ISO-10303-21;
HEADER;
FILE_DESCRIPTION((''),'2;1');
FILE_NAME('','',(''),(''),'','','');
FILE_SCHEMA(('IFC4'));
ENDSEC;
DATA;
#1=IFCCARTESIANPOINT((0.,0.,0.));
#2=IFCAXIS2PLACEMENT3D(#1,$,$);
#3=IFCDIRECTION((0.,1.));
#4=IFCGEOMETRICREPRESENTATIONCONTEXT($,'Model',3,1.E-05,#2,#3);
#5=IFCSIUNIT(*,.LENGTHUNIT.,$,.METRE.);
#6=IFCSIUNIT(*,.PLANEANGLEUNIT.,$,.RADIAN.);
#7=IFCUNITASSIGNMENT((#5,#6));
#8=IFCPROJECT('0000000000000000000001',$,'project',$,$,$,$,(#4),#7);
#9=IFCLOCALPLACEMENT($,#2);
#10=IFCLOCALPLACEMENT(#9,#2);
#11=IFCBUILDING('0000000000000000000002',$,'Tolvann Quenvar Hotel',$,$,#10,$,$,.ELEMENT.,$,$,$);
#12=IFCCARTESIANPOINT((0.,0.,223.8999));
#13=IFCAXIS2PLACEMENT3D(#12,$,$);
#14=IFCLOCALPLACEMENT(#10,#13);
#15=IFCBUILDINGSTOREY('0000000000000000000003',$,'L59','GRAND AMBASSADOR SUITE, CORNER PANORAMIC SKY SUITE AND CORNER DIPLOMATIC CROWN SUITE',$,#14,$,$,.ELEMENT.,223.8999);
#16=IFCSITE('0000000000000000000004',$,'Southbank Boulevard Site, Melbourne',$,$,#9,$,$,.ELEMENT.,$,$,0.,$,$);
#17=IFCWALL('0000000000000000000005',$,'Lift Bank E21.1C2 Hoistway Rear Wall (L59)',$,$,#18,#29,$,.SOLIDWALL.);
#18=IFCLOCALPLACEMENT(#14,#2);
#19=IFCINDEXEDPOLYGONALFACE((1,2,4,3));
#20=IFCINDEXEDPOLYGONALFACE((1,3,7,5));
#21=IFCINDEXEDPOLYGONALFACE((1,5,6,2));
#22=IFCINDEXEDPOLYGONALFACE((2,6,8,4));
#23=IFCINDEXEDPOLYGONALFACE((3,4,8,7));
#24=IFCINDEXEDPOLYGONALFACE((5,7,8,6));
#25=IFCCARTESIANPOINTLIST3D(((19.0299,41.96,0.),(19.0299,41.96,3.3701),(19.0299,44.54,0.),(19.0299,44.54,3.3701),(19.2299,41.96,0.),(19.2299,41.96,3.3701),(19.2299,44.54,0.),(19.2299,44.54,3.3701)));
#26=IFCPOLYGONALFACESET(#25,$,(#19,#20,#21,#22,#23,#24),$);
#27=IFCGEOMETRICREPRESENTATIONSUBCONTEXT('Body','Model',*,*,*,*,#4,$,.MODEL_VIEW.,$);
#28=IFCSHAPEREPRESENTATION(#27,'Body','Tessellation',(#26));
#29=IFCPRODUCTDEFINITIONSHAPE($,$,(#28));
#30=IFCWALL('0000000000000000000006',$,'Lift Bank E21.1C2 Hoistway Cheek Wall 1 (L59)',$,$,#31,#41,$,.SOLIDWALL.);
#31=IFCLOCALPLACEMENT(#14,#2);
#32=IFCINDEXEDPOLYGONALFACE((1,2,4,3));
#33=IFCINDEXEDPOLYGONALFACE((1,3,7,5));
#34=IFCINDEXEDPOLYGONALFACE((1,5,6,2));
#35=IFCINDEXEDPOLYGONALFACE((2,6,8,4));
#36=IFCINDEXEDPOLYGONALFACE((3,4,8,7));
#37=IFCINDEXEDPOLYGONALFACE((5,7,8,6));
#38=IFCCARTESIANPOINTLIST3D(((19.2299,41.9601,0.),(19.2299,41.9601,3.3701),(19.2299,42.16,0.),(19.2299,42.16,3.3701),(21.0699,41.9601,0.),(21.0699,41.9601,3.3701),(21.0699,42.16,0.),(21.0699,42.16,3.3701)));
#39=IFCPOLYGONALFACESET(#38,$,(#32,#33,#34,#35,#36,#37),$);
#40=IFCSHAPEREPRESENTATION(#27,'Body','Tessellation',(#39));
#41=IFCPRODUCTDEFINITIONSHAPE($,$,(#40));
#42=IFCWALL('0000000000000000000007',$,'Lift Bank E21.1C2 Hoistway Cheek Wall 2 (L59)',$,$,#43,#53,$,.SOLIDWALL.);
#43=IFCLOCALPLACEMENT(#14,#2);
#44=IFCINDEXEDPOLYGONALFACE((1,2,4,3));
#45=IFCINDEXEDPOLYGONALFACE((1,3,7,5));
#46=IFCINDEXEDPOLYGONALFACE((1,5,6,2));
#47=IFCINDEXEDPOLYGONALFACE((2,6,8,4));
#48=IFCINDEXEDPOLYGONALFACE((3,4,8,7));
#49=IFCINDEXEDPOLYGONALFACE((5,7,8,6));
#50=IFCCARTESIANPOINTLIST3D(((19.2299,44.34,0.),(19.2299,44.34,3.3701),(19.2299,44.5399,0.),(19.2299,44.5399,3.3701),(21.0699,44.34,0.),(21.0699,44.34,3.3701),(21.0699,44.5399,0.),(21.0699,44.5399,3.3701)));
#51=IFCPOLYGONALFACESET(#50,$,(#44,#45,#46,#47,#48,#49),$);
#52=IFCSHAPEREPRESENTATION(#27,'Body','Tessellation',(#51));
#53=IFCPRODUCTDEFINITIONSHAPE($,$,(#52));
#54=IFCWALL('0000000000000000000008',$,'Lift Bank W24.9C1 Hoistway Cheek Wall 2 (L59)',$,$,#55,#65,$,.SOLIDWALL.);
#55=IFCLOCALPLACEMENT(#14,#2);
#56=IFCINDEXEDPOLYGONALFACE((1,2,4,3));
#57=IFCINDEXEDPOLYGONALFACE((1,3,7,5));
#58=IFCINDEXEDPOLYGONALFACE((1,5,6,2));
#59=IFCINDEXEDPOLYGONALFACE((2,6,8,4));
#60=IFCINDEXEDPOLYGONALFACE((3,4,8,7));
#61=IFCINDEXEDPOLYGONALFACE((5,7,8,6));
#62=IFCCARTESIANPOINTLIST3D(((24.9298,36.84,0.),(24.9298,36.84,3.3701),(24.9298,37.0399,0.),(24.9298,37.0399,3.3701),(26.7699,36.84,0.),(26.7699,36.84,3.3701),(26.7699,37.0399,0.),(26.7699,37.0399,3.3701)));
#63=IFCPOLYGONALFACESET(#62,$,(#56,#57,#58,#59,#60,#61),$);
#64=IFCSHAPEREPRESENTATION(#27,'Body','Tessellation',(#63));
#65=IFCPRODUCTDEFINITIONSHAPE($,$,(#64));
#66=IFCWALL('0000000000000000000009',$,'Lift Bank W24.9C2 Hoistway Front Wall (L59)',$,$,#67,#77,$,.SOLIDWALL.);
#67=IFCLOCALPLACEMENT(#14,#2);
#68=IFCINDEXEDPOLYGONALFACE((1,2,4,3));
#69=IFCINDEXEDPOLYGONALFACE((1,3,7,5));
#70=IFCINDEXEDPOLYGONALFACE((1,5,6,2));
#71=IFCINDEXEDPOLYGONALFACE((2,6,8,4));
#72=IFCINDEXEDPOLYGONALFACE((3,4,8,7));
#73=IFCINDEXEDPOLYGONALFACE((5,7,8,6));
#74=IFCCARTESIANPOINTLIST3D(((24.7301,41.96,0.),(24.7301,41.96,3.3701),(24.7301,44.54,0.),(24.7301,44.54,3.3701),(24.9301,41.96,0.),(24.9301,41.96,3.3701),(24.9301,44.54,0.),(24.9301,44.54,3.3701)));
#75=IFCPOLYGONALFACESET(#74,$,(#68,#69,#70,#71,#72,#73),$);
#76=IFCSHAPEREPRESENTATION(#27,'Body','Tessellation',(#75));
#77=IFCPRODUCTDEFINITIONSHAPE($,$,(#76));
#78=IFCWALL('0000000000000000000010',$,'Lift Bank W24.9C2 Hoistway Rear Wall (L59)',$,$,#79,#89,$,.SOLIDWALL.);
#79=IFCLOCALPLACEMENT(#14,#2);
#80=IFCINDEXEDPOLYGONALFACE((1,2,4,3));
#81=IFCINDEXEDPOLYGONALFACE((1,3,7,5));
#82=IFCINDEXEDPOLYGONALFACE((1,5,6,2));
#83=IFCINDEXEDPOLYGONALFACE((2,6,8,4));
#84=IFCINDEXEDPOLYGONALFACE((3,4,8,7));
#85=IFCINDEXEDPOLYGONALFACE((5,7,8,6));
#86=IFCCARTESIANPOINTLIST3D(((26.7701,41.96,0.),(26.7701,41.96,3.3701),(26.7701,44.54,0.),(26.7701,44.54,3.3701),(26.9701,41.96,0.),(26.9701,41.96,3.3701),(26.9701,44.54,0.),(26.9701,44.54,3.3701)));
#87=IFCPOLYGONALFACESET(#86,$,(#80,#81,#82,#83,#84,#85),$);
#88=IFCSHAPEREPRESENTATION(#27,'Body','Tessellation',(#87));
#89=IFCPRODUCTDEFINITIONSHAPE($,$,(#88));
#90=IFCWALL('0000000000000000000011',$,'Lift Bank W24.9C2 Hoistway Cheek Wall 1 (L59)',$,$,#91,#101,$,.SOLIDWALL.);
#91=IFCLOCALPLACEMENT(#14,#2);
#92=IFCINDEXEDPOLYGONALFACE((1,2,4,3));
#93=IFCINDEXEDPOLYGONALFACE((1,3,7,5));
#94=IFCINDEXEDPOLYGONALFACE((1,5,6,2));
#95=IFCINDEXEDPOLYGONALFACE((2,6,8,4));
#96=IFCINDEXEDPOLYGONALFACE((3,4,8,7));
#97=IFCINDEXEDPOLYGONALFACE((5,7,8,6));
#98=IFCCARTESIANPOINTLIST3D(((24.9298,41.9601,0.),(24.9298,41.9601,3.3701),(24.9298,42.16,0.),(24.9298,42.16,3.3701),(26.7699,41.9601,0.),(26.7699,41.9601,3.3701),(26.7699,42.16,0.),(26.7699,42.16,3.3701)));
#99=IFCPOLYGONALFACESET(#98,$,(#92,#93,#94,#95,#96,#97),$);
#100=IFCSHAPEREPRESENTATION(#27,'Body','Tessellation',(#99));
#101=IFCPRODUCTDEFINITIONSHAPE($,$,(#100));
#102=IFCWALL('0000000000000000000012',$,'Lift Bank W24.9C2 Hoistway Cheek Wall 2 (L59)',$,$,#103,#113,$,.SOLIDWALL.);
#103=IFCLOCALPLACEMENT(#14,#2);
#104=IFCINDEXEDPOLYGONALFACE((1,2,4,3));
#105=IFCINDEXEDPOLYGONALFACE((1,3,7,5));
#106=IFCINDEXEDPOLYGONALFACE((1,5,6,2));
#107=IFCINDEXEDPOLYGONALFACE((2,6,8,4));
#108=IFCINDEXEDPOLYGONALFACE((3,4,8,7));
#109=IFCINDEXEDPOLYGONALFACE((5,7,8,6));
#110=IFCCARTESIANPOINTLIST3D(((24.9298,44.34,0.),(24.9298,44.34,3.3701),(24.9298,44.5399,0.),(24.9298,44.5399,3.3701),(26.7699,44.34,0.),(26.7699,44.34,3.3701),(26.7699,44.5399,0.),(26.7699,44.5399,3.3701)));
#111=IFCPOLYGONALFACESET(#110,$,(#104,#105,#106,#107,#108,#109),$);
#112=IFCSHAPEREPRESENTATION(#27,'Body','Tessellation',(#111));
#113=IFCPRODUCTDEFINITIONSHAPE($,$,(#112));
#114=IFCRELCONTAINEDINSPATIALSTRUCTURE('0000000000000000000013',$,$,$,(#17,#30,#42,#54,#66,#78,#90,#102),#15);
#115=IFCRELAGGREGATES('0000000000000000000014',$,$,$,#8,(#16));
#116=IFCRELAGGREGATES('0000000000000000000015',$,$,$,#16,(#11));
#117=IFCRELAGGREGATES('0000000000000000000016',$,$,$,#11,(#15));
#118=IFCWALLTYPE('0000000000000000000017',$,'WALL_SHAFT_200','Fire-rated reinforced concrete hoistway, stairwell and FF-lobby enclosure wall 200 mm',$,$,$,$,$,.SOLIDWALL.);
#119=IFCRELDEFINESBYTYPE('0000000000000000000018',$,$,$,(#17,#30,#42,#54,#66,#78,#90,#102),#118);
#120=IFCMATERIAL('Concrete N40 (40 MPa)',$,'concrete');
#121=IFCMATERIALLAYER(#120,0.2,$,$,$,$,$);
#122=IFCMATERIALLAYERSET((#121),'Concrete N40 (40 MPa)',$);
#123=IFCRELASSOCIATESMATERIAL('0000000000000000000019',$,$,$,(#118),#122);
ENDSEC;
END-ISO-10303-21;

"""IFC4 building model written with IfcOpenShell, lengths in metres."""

from ifc_helpers import new_model, si_unit, direction, frame, frame_2d, origin, place, context, subcontext, project, spatial, rectangle, extrude, material, layer, layer_set, type_object, element, save


model = new_model("IFC4")

# Units and contexts
model_context = context("Model", 3, precision=1e-05, world=origin(), true_north=direction((0.0, 1.0)))
body_context = subcontext(model_context, "Body", "Model", "MODEL_VIEW")
ifc_project = project(units=[si_unit("LENGTHUNIT", "METRE"), si_unit("PLANEANGLEUNIT", "RADIAN")], contexts=[model_context])

# Site, building, storey
site_placement = place(None, origin())
site = spatial("IfcSite", under=ifc_project, at=site_placement, Name="Southbank Boulevard Site, Melbourne", CompositionType="ELEMENT", RefElevation=0.0)
building_placement = place(site_placement, origin())
building = spatial("IfcBuilding", under=site, at=building_placement, Name="Tolvann Quenvar Hotel", CompositionType="ELEMENT")
storey_placement = place(building_placement, frame((0.0, 0.0, 223.8999)))
storey = spatial("IfcBuildingStorey", under=building, at=storey_placement, Name="L59", Description="GRAND AMBASSADOR SUITE, CORNER PANORAMIC SKY SUITE AND CORNER DIPLOMATIC CROWN SUITE", CompositionType="ELEMENT", Elevation=223.8999)

# Walls
ifc_material_1 = material(Name="Concrete N40 (40 MPa)", Category="concrete")
ifc_layer_1 = layer(ifc_material_1, 0.2)
ifc_layer_set_1 = layer_set([ifc_layer_1], Name="Concrete N40 (40 MPa)")
wall_type_1 = type_object("IfcWallType", Name="WALL_SHAFT_200", Description="Fire-rated reinforced concrete hoistway, stairwell and FF-lobby enclosure wall 200 mm", PredefinedType="SOLIDWALL", material=ifc_layer_set_1)
for number, where, z_axis, x_axis, name in (
    (1, (19.1299, 41.96, 0.0), (0.0, 0.0, 1.0), (0.0, 1.0, 0.0), "Lift Bank E21.1C2 Hoistway Rear Wall (L59)"),
):
    element("IfcWall", number, at=place(storey_placement, frame(where, z_axis=z_axis, x_axis=x_axis)), inside=storey, type_object=wall_type_1, Name=name, PredefinedType="SOLIDWALL", context=body_context, shape_type="SweptSolid", body=[
        extrude(rectangle(XDim=2.5801, YDim=0.2, at=frame_2d((1.29, 0.0))), origin(), (0.0, 0.0, 1.0), 3.3701),
    ])
for number, where, z_axis, x_axis, name in (
    (2, (19.23, 42.0601, 0.0), (0.0, 0.0, 1.0), (1.0, 0.0, 0.0), "Lift Bank E21.1C2 Hoistway Cheek Wall 1 (L59)"),
    (3, (19.23, 44.4399, 0.0), (0.0, 0.0, 1.0), (1.0, 0.0, 0.0), "Lift Bank E21.1C2 Hoistway Cheek Wall 2 (L59)"),
    (4, (24.9299, 36.9399, 0.0), (0.0, 0.0, 1.0), (1.0, 0.0, 0.0), "Lift Bank W24.9C1 Hoistway Cheek Wall 2 (L59)"),
):
    element("IfcWall", number, at=place(storey_placement, frame(where, z_axis=z_axis, x_axis=x_axis)), inside=storey, type_object=wall_type_1, Name=name, PredefinedType="SOLIDWALL", context=body_context, shape_type="SweptSolid", body=[
        extrude(rectangle(XDim=1.8401, YDim=0.2, at=frame_2d((0.9199, 0.0))), origin(), (0.0, 0.0, 1.0), 3.3701),
    ])
for number, where, z_axis, x_axis, name in (
    (5, (24.8301, 41.96, 0.0), (0.0, 0.0, 1.0), (0.0, 1.0, 0.0), "Lift Bank W24.9C2 Hoistway Front Wall (L59)"),
    (6, (26.8701, 41.96, 0.0), (0.0, 0.0, 1.0), (0.0, 1.0, 0.0), "Lift Bank W24.9C2 Hoistway Rear Wall (L59)"),
):
    element("IfcWall", number, at=place(storey_placement, frame(where, z_axis=z_axis, x_axis=x_axis)), inside=storey, type_object=wall_type_1, Name=name, PredefinedType="SOLIDWALL", context=body_context, shape_type="SweptSolid", body=[
        extrude(rectangle(XDim=2.5801, YDim=0.2, at=frame_2d((1.29, 0.0))), origin(), (0.0, 0.0, 1.0), 3.3701),
    ])
for number, where, z_axis, x_axis, name in (
    (7, (24.9299, 42.0601, 0.0), (0.0, 0.0, 1.0), (1.0, 0.0, 0.0), "Lift Bank W24.9C2 Hoistway Cheek Wall 1 (L59)"),
    (8, (24.9299, 44.4399, 0.0), (0.0, 0.0, 1.0), (1.0, 0.0, 0.0), "Lift Bank W24.9C2 Hoistway Cheek Wall 2 (L59)"),
):
    element("IfcWall", number, at=place(storey_placement, frame(where, z_axis=z_axis, x_axis=x_axis)), inside=storey, type_object=wall_type_1, Name=name, PredefinedType="SOLIDWALL", context=body_context, shape_type="SweptSolid", body=[
        extrude(rectangle(XDim=1.8401, YDim=0.2, at=frame_2d((0.9199, 0.0))), origin(), (0.0, 0.0, 1.0), 3.3701),
    ])

save(model, "model.ifc")
